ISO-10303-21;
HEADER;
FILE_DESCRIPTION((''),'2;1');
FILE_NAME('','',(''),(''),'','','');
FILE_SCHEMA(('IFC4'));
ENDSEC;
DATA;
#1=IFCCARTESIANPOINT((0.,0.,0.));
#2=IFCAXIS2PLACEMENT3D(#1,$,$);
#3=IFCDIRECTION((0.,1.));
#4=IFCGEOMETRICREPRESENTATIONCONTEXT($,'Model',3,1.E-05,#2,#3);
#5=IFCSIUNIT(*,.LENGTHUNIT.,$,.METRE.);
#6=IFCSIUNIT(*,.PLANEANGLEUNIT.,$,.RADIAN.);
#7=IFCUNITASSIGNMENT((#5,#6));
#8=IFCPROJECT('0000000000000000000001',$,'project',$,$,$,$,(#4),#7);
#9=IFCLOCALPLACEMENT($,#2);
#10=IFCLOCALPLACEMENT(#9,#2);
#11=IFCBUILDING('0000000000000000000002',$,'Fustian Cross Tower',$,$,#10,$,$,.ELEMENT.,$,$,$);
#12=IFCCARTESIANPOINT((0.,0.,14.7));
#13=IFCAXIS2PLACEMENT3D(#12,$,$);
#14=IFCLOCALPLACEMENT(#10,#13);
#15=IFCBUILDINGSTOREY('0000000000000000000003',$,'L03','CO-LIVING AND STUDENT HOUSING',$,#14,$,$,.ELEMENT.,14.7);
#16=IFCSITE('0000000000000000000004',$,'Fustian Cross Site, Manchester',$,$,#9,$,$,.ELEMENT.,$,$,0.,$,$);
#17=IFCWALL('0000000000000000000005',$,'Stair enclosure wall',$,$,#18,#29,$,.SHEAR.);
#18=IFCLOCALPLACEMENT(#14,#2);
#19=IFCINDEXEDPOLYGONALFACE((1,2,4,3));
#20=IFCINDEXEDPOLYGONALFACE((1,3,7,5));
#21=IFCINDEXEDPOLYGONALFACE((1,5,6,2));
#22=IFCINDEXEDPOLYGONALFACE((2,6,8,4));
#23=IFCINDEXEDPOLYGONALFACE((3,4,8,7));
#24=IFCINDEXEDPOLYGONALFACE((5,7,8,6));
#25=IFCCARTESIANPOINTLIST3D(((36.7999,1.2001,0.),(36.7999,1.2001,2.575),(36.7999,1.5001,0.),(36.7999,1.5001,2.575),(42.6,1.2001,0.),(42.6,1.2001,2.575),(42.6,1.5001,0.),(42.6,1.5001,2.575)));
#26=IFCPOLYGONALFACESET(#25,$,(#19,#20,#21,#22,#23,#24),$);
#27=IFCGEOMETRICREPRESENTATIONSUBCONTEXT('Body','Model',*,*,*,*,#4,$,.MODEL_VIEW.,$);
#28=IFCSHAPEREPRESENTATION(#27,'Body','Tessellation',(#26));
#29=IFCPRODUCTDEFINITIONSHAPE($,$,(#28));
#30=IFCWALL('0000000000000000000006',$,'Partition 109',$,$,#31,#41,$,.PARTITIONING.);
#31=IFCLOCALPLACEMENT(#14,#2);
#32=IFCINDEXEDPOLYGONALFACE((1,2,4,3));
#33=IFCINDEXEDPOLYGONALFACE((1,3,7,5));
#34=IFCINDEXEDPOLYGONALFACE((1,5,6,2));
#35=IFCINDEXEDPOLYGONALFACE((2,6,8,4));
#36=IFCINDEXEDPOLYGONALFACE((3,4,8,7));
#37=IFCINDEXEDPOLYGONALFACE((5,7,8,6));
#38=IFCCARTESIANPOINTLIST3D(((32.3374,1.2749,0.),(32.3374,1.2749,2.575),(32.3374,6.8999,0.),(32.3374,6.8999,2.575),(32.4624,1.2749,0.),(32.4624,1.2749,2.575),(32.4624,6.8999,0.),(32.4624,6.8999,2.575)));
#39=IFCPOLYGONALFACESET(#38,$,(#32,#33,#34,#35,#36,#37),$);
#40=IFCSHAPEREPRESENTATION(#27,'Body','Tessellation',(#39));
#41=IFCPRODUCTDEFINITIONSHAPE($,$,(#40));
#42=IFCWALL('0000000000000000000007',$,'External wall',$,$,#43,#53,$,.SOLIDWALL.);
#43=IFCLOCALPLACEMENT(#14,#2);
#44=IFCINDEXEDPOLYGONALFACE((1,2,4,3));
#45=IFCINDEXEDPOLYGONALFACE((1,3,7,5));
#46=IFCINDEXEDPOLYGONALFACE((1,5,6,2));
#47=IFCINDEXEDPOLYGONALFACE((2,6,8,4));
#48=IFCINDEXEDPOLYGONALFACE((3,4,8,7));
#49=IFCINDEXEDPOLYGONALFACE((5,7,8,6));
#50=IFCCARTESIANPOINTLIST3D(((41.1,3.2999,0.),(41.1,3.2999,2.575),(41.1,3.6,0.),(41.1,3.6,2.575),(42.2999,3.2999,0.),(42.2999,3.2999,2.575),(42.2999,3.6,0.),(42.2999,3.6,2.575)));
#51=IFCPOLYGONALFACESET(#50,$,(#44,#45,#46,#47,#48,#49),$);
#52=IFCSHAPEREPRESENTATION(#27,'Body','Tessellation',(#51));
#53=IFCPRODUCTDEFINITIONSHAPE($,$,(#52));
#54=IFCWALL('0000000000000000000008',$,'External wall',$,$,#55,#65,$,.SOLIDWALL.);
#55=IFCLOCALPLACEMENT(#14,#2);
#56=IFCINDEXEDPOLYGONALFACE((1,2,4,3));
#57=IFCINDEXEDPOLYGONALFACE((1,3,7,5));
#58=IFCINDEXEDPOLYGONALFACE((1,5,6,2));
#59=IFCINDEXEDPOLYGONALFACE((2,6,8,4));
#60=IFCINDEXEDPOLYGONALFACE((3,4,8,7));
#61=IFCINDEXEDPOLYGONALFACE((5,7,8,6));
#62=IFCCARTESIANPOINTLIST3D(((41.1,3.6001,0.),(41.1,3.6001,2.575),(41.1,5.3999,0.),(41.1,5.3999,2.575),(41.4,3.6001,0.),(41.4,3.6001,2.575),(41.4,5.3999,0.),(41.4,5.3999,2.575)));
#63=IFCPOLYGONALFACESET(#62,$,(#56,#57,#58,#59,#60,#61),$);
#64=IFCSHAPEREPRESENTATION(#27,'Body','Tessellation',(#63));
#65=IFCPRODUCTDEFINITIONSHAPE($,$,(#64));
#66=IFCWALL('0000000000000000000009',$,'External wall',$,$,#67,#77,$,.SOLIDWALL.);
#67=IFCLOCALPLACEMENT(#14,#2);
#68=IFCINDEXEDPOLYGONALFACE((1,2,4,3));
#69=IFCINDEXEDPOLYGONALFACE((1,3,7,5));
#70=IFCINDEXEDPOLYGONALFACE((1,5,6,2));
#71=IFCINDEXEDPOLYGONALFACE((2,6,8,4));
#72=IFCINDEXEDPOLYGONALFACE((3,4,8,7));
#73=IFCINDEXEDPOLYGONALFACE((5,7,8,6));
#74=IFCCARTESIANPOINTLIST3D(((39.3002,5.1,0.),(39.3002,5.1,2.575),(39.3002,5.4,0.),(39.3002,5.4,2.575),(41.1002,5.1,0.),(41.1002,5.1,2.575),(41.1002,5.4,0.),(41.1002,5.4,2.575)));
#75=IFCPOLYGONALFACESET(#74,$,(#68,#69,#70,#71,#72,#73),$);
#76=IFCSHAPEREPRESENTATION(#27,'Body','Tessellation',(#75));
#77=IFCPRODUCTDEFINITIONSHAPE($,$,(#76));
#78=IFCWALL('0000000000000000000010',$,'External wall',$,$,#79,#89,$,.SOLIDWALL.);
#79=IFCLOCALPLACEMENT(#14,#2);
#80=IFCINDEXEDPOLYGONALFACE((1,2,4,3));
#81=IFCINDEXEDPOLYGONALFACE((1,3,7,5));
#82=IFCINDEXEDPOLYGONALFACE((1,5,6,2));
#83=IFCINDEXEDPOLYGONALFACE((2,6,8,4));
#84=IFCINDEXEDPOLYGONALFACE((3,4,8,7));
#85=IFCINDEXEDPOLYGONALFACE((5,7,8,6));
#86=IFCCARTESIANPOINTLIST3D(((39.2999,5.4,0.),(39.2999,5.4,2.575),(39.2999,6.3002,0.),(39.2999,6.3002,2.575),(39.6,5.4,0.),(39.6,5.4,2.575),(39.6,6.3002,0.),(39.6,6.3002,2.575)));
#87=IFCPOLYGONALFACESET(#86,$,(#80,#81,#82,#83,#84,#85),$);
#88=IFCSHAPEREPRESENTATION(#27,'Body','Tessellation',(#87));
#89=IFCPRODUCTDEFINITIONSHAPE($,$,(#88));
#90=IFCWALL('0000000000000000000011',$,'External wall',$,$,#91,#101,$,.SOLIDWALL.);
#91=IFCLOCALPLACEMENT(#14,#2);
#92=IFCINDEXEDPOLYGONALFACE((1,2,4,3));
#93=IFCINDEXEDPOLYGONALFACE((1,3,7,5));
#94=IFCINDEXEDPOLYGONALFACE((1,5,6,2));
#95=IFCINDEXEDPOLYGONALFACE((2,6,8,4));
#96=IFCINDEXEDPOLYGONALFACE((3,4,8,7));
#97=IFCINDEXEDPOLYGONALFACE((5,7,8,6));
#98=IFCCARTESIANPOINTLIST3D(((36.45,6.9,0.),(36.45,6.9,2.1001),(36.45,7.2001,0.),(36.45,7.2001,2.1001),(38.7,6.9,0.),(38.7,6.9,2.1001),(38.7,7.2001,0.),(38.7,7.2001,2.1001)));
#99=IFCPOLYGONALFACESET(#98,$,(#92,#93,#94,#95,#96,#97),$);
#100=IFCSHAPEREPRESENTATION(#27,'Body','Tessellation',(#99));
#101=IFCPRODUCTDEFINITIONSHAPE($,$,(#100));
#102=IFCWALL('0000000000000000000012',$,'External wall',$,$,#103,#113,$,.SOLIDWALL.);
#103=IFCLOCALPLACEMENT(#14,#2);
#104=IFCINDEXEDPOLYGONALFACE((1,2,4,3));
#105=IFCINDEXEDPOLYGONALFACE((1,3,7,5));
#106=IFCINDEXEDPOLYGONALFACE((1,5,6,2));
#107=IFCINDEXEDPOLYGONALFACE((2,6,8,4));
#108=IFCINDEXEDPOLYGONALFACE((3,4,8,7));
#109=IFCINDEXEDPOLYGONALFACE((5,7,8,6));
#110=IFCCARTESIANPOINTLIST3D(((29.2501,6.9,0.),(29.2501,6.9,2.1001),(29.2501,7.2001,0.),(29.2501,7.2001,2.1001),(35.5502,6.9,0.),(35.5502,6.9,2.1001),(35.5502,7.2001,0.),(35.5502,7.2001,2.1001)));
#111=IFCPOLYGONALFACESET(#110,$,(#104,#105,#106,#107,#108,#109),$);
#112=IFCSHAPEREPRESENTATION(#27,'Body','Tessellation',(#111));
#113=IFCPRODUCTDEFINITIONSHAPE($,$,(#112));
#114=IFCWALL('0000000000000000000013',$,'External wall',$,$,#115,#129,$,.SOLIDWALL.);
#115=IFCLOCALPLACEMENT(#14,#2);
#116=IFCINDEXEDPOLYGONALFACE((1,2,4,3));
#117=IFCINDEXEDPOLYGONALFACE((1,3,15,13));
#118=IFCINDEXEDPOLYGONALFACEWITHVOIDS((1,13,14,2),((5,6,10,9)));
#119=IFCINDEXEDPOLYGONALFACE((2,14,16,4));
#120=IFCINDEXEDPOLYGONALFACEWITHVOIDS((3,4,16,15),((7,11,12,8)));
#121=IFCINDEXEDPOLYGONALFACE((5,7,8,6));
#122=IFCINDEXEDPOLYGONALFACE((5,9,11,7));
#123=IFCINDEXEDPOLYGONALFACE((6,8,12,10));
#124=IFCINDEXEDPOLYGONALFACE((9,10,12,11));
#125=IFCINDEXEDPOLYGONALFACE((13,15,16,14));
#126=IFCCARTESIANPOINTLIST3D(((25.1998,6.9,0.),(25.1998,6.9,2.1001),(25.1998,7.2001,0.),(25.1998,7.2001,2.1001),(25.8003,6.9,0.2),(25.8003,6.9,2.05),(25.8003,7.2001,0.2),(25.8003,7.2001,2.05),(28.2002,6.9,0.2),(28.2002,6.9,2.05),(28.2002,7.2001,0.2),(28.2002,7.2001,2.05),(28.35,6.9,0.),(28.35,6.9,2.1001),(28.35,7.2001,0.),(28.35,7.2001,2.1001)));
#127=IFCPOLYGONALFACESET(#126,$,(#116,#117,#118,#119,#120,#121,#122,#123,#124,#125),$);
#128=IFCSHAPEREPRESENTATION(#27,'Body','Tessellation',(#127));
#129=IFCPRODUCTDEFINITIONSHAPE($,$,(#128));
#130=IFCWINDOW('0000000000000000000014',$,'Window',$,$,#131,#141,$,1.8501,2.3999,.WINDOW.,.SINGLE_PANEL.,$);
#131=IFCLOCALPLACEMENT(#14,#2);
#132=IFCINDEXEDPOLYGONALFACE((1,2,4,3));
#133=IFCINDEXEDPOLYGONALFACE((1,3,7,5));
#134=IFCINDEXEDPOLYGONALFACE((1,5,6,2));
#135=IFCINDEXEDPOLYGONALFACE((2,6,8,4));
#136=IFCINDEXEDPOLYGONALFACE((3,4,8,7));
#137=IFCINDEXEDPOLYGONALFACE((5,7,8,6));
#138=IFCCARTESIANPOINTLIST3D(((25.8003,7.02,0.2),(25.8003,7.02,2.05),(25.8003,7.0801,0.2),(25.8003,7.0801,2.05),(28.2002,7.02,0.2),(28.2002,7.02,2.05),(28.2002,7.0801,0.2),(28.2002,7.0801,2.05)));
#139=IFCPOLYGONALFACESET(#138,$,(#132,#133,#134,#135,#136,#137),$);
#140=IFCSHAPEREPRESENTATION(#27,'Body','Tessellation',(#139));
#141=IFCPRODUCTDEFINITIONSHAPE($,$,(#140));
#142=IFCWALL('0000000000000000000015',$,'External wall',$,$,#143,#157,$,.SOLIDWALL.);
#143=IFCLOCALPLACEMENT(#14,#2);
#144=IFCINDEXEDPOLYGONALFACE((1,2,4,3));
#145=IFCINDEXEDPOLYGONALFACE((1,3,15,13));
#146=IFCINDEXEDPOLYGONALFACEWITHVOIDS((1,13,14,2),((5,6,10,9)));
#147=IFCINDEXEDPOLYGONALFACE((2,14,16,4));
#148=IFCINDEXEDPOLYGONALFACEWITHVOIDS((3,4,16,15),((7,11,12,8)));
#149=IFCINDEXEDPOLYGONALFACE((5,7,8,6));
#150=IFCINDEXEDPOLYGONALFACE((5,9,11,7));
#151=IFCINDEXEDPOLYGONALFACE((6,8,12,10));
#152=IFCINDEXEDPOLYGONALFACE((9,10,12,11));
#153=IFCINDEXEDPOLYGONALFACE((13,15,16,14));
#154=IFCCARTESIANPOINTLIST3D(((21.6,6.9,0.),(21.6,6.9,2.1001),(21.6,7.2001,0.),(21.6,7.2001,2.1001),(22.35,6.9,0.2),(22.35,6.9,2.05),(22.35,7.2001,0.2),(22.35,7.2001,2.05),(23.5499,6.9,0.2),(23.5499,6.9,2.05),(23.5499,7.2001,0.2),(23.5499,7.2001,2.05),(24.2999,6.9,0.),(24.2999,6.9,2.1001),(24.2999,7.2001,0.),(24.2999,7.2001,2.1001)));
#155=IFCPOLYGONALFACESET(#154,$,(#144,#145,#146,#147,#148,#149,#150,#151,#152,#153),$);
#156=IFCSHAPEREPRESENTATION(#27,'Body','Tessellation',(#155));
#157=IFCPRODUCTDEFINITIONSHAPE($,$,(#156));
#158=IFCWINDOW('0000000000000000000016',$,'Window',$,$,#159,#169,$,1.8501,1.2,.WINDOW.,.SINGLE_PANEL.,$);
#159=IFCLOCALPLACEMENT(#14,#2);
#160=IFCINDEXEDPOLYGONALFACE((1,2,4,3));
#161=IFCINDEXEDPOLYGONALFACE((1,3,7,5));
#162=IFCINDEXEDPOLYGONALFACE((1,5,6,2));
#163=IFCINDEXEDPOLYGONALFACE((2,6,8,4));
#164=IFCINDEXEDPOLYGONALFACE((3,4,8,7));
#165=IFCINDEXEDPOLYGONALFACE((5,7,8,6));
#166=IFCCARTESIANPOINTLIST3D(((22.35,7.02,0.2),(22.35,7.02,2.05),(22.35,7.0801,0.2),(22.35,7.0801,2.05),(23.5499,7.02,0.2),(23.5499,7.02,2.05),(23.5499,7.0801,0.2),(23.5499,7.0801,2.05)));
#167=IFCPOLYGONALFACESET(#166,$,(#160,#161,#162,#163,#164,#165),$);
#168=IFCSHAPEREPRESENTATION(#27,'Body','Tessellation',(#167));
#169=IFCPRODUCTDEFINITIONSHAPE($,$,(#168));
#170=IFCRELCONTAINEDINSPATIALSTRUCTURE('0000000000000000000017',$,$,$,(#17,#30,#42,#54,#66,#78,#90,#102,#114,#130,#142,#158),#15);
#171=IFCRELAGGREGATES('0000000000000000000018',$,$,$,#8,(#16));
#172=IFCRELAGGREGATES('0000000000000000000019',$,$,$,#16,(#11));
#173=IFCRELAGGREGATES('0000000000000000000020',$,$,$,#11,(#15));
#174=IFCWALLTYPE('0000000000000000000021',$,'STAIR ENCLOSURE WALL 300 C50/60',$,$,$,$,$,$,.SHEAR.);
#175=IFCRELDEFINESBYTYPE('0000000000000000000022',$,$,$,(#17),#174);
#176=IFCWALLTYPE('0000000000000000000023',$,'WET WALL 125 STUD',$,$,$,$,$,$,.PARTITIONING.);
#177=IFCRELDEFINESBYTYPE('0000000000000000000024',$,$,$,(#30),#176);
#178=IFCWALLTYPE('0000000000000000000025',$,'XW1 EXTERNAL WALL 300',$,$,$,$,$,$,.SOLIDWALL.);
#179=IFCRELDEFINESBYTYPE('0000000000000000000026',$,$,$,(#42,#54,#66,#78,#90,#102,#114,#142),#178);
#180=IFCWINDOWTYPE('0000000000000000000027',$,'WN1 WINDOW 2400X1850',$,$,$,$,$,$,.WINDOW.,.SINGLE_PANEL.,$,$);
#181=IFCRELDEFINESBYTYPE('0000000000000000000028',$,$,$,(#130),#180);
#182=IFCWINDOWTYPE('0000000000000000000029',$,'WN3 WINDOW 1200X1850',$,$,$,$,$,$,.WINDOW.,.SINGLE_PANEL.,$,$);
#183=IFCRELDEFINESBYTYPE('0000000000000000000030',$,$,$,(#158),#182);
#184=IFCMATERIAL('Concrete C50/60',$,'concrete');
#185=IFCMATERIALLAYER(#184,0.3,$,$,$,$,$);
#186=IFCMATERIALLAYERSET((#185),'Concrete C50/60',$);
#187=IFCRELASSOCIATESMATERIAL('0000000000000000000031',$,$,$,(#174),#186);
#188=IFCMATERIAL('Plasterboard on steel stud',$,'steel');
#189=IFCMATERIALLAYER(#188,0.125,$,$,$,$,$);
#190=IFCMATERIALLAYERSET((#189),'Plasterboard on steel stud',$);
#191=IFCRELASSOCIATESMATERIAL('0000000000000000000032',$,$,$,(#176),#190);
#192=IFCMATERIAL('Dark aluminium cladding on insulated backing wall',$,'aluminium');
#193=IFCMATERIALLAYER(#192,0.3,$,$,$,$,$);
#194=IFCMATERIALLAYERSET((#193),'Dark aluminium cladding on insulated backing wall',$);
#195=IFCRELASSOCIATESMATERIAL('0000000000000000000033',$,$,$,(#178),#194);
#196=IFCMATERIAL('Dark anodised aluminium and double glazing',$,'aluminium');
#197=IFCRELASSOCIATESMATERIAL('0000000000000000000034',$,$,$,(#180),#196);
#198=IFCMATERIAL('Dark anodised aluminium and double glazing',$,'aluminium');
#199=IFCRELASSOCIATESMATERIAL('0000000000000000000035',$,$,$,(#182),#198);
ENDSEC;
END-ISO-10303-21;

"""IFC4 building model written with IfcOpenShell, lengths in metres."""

from ifc_helpers import new_model, si_unit, direction, frame, frame_2d, origin, place, context, subcontext, project, spatial, rectangle, extrude, material, layer, layer_set, type_object, element, fill, save


model = new_model("IFC4")

# Units and contexts
model_context = context("Model", 3, precision=1e-05, world=origin(), true_north=direction((0.0, 1.0)))
body_context = subcontext(model_context, "Body", "Model", "MODEL_VIEW")
ifc_project = project(units=[si_unit("LENGTHUNIT", "METRE"), si_unit("PLANEANGLEUNIT", "RADIAN")], contexts=[model_context])

# Site, building, storey
site_placement = place(None, origin())
site = spatial("IfcSite", under=ifc_project, at=site_placement, Name="Fustian Cross Site, Manchester", CompositionType="ELEMENT", RefElevation=0.0)
building_placement = place(site_placement, origin())
building = spatial("IfcBuilding", under=site, at=building_placement, Name="Fustian Cross Tower", CompositionType="ELEMENT")
storey_placement = place(building_placement, frame((0.0, 0.0, 14.7)))
storey = spatial("IfcBuildingStorey", under=building, at=storey_placement, Name="L03", Description="CO-LIVING AND STUDENT HOUSING", CompositionType="ELEMENT", Elevation=14.7)

# Walls
ifc_material_1 = material(Name="Concrete C50/60", Category="concrete")
ifc_layer_1 = layer(ifc_material_1, 0.3)
ifc_layer_set_1 = layer_set([ifc_layer_1], Name="Concrete C50/60")
wall_type_1 = type_object("IfcWallType", Name="STAIR ENCLOSURE WALL 300 C50/60", PredefinedType="SHEAR", material=ifc_layer_set_1)
wall_1_placement = place(storey_placement, frame((36.8, 1.3501, 0.0), z_axis=(0.0, 0.0, 1.0), x_axis=(1.0, 0.0, 0.0)))
element("IfcWall", 1, at=wall_1_placement, inside=storey, type_object=wall_type_1, Name="Stair enclosure wall", PredefinedType="SHEAR", context=body_context, shape_type="SweptSolid", body=[
    extrude(rectangle(XDim=5.8, YDim=0.3, at=frame_2d((2.8999, 0.0))), origin(), (0.0, 0.0, 1.0), 2.575),
])
ifc_material_2 = material(Name="Plasterboard on steel stud", Category="steel")
ifc_layer_2 = layer(ifc_material_2, 0.125)
ifc_layer_set_2 = layer_set([ifc_layer_2], Name="Plasterboard on steel stud")
wall_type_2 = type_object("IfcWallType", Name="WET WALL 125 STUD", PredefinedType="PARTITIONING", material=ifc_layer_set_2)
wall_2_placement = place(storey_placement, frame((32.3999, 1.2749, 0.0), z_axis=(0.0, 0.0, 1.0), x_axis=(0.0, 1.0, 0.0)))
element("IfcWall", 2, at=wall_2_placement, inside=storey, type_object=wall_type_2, Name="Partition 109", PredefinedType="PARTITIONING", context=body_context, shape_type="SweptSolid", body=[
    extrude(rectangle(XDim=5.625, YDim=0.125, at=frame_2d((2.8125, 0.0))), origin(), (0.0, 0.0, 1.0), 2.575),
])
ifc_material_3 = material(Name="Dark aluminium cladding on insulated backing wall", Category="aluminium")
ifc_layer_3 = layer(ifc_material_3, 0.3)
ifc_layer_set_3 = layer_set([ifc_layer_3], Name="Dark aluminium cladding on insulated backing wall")
wall_type_3 = type_object("IfcWallType", Name="XW1 EXTERNAL WALL 300", PredefinedType="SOLIDWALL", material=ifc_layer_set_3)
wall_3_placement = place(storey_placement, frame((42.3, 3.45, 0.0), z_axis=(0.0, 0.0, 1.0), x_axis=(-1.0, 0.0, 0.0)))
element("IfcWall", 3, at=wall_3_placement, inside=storey, type_object=wall_type_3, Name="External wall", PredefinedType="SOLIDWALL", context=body_context, shape_type="SweptSolid", body=[
    extrude(rectangle(XDim=1.2, YDim=0.3, at=frame_2d((0.6001, 0.0))), origin(), (0.0, 0.0, 1.0), 2.575),
])
wall_4_placement = place(storey_placement, frame((41.25, 3.6001, 0.0), z_axis=(0.0, 0.0, 1.0), x_axis=(0.0, 1.0, 0.0)))
element("IfcWall", 4, at=wall_4_placement, inside=storey, type_object=wall_type_3, Name="External wall", PredefinedType="SOLIDWALL", context=body_context, shape_type="SweptSolid", body=[
    extrude(rectangle(XDim=1.7998, YDim=0.3, at=frame_2d((0.8999, 0.0))), origin(), (0.0, 0.0, 1.0), 2.575),
])
wall_5_placement = place(storey_placement, frame((41.1001, 5.25, 0.0), z_axis=(0.0, 0.0, 1.0), x_axis=(-1.0, 0.0, 0.0)))
element("IfcWall", 5, at=wall_5_placement, inside=storey, type_object=wall_type_3, Name="External wall", PredefinedType="SOLIDWALL", context=body_context, shape_type="SweptSolid", body=[
    extrude(rectangle(XDim=1.8, YDim=0.3, at=frame_2d((0.8999, 0.0))), origin(), (0.0, 0.0, 1.0), 2.575),
])
wall_6_placement = place(storey_placement, frame((39.45, 5.3999, 0.0), z_axis=(0.0, 0.0, 1.0), x_axis=(0.0, 1.0, 0.0)))
element("IfcWall", 6, at=wall_6_placement, inside=storey, type_object=wall_type_3, Name="External wall", PredefinedType="SOLIDWALL", context=body_context, shape_type="SweptSolid", body=[
    extrude(rectangle(XDim=0.9001, YDim=0.3, at=frame_2d((0.4502, 0.0))), origin(), (0.0, 0.0, 1.0), 2.575),
])
wall_7_placement = place(storey_placement, frame((38.7, 7.05, 0.0), z_axis=(0.0, 0.0, 1.0), x_axis=(-1.0, 0.0, 0.0)))
element("IfcWall", 7, at=wall_7_placement, inside=storey, type_object=wall_type_3, Name="External wall", PredefinedType="SOLIDWALL", context=body_context, shape_type="SweptSolid", body=[
    extrude(rectangle(XDim=2.25, YDim=0.3, at=frame_2d((1.125, 0.0))), origin(), (0.0, 0.0, 1.0), 2.1001),
])
wall_8_placement = place(storey_placement, frame((35.55, 7.05, 0.0), z_axis=(0.0, 0.0, 1.0), x_axis=(-1.0, 0.0, 0.0)))
element("IfcWall", 8, at=wall_8_placement, inside=storey, type_object=wall_type_3, Name="External wall", PredefinedType="SOLIDWALL", context=body_context, shape_type="SweptSolid", body=[
    extrude(rectangle(XDim=6.3, YDim=0.3, at=frame_2d((3.1499, 0.0))), origin(), (0.0, 0.0, 1.0), 2.1001),
])

# Walls, openings, windows
wall_9_placement = place(storey_placement, frame((28.3501, 7.05, 0.0), z_axis=(0.0, 0.0, 1.0), x_axis=(-1.0, 0.0, 0.0)))
wall_9 = element("IfcWall", 9, at=wall_9_placement, inside=storey, type_object=wall_type_3, Name="External wall", PredefinedType="SOLIDWALL", context=body_context, shape_type="SweptSolid", body=[
    extrude(rectangle(XDim=3.1501, YDim=0.3, at=frame_2d((1.5752, 0.0))), origin(), (0.0, 0.0, 1.0), 2.1001),
])
opening_1_placement = place(wall_9_placement, frame((0.1499, 0.0, 0.2)))
opening_1 = element("IfcOpeningElement", 10, at=opening_1_placement, cuts=wall_9, PredefinedType="OPENING", context=body_context, shape_type="SweptSolid", body=[
    extrude(rectangle(XDim=2.3999, YDim=1.8501, at=frame_2d((1.2, 0.925))), frame((0.0, 0.1599, 0.0), z_axis=(0.0, -1.0, 0.0), x_axis=(1.0, 0.0, 0.0)), (0.0, 0.0, 1.0), 0.3201),
])
ifc_material_4 = material(Name="Dark anodised aluminium and double glazing", Category="aluminium")
window_type_1 = type_object("IfcWindowType", Name="WN1 WINDOW 2400X1850", PartitioningType="SINGLE_PANEL", PredefinedType="WINDOW", material=ifc_material_4)
window_1_placement = place(opening_1_placement, origin())
window_1 = element("IfcWindow", 11, at=window_1_placement, inside=storey, type_object=window_type_1, Name="Window", OverallHeight=1.8501, OverallWidth=2.3999, PartitioningType="SINGLE_PANEL", PredefinedType="WINDOW", context=body_context, shape_type="SweptSolid", body=[
    extrude(rectangle(XDim=2.3999, YDim=1.8501, at=frame_2d((1.2, 0.925))), frame((0.0, 0.03, 0.0), z_axis=(0.0, -1.0, 0.0), x_axis=(1.0, 0.0, 0.0)), (0.0, 0.0, 1.0), 0.0601),
])
fill(opening_1, window_1)
wall_10_placement = place(storey_placement, frame((24.3, 7.05, 0.0), z_axis=(0.0, 0.0, 1.0), x_axis=(-1.0, 0.0, 0.0)))
wall_10 = element("IfcWall", 12, at=wall_10_placement, inside=storey, type_object=wall_type_3, Name="External wall", PredefinedType="SOLIDWALL", context=body_context, shape_type="SweptSolid", body=[
    extrude(rectangle(XDim=2.7, YDim=0.3, at=frame_2d((1.3501, 0.0))), origin(), (0.0, 0.0, 1.0), 2.1001),
])
opening_2_placement = place(wall_10_placement, frame((0.75, 0.0, 0.2)))
opening_2 = element("IfcOpeningElement", 13, at=opening_2_placement, cuts=wall_10, PredefinedType="OPENING", context=body_context, shape_type="SweptSolid", body=[
    extrude(rectangle(XDim=1.2, YDim=1.8501, at=frame_2d((0.6001, 0.925))), frame((0.0, 0.1599, 0.0), z_axis=(0.0, -1.0, 0.0), x_axis=(1.0, 0.0, 0.0)), (0.0, 0.0, 1.0), 0.3201),
])
ifc_material_5 = material(Name="Dark anodised aluminium and double glazing", Category="aluminium")
window_type_2 = type_object("IfcWindowType", Name="WN3 WINDOW 1200X1850", PartitioningType="SINGLE_PANEL", PredefinedType="WINDOW", material=ifc_material_5)
window_2_placement = place(opening_2_placement, origin())
window_2 = element("IfcWindow", 14, at=window_2_placement, inside=storey, type_object=window_type_2, Name="Window", OverallHeight=1.8501, OverallWidth=1.2, PartitioningType="SINGLE_PANEL", PredefinedType="WINDOW", context=body_context, shape_type="SweptSolid", body=[
    extrude(rectangle(XDim=1.2, YDim=1.8501, at=frame_2d((0.6001, 0.925))), frame((0.0, 0.03, 0.0), z_axis=(0.0, -1.0, 0.0), x_axis=(1.0, 0.0, 0.0)), (0.0, 0.0, 1.0), 0.0601),
])
fill(opening_2, window_2)

save(model, "model.ifc")
